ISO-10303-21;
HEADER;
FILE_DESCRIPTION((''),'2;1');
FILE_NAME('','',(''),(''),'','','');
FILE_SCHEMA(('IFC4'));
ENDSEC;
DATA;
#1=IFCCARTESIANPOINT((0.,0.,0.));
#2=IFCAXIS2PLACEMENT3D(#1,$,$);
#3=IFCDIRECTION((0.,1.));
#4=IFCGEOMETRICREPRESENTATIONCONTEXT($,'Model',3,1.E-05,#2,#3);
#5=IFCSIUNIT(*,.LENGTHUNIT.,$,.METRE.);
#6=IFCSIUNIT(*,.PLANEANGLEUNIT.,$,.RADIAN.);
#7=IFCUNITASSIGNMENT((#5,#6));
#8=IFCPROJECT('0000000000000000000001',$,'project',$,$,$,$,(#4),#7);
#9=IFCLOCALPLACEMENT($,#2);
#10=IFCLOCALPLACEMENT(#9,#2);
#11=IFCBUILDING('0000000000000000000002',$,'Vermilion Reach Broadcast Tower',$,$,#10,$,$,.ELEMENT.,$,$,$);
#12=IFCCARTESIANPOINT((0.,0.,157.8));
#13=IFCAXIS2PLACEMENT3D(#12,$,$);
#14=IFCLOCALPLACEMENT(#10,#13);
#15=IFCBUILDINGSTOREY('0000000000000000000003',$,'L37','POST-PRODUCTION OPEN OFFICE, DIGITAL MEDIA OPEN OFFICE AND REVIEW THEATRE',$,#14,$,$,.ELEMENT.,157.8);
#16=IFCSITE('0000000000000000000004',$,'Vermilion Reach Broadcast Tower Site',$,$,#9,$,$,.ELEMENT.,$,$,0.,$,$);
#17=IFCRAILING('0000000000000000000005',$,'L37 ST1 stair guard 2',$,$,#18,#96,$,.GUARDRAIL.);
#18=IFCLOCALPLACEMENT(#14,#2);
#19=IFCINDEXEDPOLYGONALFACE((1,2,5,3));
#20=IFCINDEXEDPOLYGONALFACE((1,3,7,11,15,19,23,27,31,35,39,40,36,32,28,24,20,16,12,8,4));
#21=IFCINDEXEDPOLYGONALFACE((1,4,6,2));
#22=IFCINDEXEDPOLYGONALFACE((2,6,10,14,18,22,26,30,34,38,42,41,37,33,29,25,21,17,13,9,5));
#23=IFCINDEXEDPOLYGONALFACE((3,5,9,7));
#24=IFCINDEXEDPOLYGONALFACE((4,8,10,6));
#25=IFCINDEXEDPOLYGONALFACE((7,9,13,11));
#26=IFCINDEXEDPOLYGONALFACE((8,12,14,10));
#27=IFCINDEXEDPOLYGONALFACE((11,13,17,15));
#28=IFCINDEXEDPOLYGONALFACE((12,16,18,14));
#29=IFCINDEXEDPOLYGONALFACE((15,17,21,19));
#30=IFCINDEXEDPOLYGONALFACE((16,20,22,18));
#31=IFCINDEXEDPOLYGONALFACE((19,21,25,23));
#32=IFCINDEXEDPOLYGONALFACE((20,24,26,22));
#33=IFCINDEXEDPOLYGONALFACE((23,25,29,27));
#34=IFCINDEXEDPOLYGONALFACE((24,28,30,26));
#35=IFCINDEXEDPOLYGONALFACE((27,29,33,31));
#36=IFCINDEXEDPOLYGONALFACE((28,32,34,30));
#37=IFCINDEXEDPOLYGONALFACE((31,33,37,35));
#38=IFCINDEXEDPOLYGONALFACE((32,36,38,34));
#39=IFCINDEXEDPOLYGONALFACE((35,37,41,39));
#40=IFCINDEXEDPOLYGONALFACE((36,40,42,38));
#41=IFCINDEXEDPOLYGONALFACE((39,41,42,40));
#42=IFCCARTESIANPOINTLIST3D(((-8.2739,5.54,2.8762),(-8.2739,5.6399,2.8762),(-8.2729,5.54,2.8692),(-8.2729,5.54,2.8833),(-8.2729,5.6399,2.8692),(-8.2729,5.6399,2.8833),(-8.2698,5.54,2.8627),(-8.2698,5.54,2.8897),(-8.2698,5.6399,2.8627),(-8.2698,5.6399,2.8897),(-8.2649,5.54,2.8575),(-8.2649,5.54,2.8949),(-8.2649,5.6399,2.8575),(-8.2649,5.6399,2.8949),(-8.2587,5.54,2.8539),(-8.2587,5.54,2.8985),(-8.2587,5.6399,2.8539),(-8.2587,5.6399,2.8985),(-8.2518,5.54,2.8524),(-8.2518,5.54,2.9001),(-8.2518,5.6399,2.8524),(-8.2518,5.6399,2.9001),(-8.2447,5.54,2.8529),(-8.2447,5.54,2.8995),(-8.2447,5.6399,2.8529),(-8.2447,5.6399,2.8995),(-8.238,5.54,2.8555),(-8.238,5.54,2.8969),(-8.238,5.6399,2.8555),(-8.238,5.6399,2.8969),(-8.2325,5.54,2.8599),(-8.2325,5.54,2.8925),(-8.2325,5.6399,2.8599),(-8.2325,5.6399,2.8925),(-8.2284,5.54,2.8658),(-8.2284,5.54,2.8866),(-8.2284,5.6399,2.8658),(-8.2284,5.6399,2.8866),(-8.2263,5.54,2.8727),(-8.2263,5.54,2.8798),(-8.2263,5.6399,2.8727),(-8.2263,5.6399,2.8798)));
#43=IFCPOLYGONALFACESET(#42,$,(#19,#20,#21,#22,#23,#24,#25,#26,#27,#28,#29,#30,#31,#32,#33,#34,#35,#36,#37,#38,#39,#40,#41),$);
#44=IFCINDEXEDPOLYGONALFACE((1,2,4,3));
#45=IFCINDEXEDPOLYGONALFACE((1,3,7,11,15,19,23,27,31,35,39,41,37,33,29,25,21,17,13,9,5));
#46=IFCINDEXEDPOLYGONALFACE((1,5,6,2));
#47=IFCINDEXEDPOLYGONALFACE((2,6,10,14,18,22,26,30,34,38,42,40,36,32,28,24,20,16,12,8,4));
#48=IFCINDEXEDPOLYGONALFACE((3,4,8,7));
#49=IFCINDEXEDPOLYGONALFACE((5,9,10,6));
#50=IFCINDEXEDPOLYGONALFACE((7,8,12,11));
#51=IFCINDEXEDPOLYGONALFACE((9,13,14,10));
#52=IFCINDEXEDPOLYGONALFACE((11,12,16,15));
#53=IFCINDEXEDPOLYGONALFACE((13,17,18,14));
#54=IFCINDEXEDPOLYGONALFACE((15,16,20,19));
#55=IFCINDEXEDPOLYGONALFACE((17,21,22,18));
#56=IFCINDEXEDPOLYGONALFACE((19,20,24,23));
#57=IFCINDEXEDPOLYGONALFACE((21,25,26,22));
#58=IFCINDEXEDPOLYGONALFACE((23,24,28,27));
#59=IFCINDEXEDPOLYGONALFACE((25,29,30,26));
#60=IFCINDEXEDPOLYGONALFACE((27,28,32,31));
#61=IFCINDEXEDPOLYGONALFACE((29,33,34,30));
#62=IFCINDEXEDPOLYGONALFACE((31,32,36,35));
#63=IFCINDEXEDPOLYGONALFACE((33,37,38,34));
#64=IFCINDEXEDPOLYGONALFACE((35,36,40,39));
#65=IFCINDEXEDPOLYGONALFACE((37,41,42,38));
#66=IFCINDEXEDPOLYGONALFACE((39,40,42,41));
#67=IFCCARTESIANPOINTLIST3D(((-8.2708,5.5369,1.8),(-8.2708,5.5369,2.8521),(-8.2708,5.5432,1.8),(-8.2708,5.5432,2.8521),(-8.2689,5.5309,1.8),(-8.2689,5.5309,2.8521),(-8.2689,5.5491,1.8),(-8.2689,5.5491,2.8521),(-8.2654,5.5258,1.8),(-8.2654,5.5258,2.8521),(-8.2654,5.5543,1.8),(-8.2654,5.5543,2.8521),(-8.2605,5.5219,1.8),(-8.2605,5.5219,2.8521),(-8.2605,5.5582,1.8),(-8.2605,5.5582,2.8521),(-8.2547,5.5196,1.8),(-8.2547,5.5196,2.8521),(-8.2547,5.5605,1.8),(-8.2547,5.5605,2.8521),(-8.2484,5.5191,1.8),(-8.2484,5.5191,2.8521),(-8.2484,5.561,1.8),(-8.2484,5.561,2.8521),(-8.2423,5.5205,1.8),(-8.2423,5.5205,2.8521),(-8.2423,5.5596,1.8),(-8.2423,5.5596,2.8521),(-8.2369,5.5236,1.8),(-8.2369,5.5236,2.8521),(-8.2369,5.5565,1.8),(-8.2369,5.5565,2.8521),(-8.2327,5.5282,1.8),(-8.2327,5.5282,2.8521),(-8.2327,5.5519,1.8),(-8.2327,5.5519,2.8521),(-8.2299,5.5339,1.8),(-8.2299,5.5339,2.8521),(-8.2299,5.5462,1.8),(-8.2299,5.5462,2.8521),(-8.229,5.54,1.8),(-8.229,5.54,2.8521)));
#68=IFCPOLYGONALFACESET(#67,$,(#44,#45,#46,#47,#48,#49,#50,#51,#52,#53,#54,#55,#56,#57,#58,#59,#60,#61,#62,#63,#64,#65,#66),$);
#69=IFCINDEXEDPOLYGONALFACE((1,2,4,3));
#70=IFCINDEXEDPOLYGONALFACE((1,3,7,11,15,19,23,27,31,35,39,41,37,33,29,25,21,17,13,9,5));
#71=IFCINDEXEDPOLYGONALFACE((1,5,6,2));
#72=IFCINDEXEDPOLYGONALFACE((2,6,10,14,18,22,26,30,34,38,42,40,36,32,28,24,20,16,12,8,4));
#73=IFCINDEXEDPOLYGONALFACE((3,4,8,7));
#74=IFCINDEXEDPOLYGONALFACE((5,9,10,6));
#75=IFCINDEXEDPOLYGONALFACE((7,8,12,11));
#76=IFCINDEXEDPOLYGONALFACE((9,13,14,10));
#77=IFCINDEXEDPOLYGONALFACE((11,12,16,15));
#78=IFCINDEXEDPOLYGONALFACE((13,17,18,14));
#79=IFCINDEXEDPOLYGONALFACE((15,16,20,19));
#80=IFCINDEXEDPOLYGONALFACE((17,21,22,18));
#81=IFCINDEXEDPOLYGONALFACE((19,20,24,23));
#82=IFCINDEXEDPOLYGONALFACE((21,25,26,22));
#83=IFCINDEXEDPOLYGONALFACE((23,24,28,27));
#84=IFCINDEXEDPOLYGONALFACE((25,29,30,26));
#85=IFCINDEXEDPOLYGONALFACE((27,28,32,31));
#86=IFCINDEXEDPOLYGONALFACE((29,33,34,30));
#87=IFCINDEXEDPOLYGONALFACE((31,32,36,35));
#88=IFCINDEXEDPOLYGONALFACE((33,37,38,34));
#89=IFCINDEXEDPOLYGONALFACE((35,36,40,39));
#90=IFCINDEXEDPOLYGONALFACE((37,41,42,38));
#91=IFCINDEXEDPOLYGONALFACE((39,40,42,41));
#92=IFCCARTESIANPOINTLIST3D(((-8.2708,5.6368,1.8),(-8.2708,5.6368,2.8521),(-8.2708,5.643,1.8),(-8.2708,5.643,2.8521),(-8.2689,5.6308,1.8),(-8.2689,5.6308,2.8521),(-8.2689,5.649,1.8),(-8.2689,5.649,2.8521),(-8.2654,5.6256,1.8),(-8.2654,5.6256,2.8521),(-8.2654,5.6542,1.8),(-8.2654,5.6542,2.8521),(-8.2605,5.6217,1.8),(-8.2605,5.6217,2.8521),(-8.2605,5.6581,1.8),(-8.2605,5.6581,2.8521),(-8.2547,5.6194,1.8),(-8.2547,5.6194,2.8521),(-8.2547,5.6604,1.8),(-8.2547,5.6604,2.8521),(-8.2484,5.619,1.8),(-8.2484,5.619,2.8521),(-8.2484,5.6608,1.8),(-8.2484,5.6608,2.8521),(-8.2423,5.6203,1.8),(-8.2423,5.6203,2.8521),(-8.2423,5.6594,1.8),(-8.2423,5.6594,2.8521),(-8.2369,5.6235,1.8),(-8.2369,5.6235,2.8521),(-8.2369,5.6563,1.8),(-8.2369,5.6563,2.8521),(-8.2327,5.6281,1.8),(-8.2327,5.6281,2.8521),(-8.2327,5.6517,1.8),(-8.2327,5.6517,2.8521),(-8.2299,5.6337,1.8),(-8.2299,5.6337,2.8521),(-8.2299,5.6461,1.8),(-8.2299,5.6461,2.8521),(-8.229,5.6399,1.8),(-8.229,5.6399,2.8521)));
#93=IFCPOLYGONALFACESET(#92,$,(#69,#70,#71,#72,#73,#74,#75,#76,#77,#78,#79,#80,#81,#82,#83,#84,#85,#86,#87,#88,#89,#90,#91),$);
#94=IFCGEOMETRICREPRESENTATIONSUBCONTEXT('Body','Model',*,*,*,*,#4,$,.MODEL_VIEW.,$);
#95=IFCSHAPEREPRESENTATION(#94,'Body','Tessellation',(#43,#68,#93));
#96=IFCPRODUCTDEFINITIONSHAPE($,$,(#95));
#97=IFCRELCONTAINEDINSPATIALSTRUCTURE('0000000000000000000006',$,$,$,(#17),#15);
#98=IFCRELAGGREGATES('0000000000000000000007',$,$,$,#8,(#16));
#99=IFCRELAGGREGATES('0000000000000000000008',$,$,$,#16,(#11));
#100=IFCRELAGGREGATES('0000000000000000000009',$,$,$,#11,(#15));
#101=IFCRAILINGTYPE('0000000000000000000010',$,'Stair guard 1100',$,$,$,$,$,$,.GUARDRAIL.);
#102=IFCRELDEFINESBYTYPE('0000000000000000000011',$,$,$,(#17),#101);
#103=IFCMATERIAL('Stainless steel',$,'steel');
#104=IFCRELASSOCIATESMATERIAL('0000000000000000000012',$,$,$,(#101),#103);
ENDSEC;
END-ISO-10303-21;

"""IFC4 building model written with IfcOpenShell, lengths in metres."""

from ifc_helpers import new_model, si_unit, direction, frame, origin, origin_2d, place, context, subcontext, project, spatial, circle, extrude, material, type_object, element, save


model = new_model("IFC4")

# Units and contexts
model_context = context("Model", 3, precision=1e-05, world=origin(), true_north=direction((0.0, 1.0)))
body_context = subcontext(model_context, "Body", "Model", "MODEL_VIEW")
ifc_project = project(units=[si_unit("LENGTHUNIT", "METRE"), si_unit("PLANEANGLEUNIT", "RADIAN")], contexts=[model_context])

# Site, building, storey
site_placement = place(None, origin())
site = spatial("IfcSite", under=ifc_project, at=site_placement, Name="Vermilion Reach Broadcast Tower Site", CompositionType="ELEMENT", RefElevation=0.0)
building_placement = place(site_placement, origin())
building = spatial("IfcBuilding", under=site, at=building_placement, Name="Vermilion Reach Broadcast Tower", CompositionType="ELEMENT")
storey_placement = place(building_placement, frame((0.0, 0.0, 157.8)))
storey = spatial("IfcBuildingStorey", under=building, at=storey_placement, Name="L37", Description="POST-PRODUCTION OPEN OFFICE, DIGITAL MEDIA OPEN OFFICE AND REVIEW THEATRE", CompositionType="ELEMENT", Elevation=157.8)

# Railing
ifc_material_1 = material(Name="Stainless steel", Category="steel")
railing_type_1 = type_object("IfcRailingType", Name="Stair guard 1100", PredefinedType="GUARDRAIL", material=ifc_material_1)
railing_1_placement = place(storey_placement, frame((-8.25, 5.54, 1.8)))
element("IfcRailing", 1, at=railing_1_placement, inside=storey, type_object=railing_type_1, Name="L37 ST1 stair guard 2", PredefinedType="GUARDRAIL", context=body_context, shape_type="SweptSolid", body=[
    extrude(circle(Radius=0.0239, at=origin_2d()), frame((0.0, 0.0, 1.0762), z_axis=(0.0, 1.0, 0.0), x_axis=(-1.0, 0.0, 0.0)), (0.0, 0.0, 1.0), 0.0999),
    extrude(circle(Radius=0.021, at=origin_2d()), origin(), (0.0, 0.0, 1.0), 1.052),
    extrude(circle(Radius=0.021, at=origin_2d()), frame((0.0, 0.0999, 0.0)), (0.0, 0.0, 1.0), 1.052),
])

save(model, "model.ifc")
